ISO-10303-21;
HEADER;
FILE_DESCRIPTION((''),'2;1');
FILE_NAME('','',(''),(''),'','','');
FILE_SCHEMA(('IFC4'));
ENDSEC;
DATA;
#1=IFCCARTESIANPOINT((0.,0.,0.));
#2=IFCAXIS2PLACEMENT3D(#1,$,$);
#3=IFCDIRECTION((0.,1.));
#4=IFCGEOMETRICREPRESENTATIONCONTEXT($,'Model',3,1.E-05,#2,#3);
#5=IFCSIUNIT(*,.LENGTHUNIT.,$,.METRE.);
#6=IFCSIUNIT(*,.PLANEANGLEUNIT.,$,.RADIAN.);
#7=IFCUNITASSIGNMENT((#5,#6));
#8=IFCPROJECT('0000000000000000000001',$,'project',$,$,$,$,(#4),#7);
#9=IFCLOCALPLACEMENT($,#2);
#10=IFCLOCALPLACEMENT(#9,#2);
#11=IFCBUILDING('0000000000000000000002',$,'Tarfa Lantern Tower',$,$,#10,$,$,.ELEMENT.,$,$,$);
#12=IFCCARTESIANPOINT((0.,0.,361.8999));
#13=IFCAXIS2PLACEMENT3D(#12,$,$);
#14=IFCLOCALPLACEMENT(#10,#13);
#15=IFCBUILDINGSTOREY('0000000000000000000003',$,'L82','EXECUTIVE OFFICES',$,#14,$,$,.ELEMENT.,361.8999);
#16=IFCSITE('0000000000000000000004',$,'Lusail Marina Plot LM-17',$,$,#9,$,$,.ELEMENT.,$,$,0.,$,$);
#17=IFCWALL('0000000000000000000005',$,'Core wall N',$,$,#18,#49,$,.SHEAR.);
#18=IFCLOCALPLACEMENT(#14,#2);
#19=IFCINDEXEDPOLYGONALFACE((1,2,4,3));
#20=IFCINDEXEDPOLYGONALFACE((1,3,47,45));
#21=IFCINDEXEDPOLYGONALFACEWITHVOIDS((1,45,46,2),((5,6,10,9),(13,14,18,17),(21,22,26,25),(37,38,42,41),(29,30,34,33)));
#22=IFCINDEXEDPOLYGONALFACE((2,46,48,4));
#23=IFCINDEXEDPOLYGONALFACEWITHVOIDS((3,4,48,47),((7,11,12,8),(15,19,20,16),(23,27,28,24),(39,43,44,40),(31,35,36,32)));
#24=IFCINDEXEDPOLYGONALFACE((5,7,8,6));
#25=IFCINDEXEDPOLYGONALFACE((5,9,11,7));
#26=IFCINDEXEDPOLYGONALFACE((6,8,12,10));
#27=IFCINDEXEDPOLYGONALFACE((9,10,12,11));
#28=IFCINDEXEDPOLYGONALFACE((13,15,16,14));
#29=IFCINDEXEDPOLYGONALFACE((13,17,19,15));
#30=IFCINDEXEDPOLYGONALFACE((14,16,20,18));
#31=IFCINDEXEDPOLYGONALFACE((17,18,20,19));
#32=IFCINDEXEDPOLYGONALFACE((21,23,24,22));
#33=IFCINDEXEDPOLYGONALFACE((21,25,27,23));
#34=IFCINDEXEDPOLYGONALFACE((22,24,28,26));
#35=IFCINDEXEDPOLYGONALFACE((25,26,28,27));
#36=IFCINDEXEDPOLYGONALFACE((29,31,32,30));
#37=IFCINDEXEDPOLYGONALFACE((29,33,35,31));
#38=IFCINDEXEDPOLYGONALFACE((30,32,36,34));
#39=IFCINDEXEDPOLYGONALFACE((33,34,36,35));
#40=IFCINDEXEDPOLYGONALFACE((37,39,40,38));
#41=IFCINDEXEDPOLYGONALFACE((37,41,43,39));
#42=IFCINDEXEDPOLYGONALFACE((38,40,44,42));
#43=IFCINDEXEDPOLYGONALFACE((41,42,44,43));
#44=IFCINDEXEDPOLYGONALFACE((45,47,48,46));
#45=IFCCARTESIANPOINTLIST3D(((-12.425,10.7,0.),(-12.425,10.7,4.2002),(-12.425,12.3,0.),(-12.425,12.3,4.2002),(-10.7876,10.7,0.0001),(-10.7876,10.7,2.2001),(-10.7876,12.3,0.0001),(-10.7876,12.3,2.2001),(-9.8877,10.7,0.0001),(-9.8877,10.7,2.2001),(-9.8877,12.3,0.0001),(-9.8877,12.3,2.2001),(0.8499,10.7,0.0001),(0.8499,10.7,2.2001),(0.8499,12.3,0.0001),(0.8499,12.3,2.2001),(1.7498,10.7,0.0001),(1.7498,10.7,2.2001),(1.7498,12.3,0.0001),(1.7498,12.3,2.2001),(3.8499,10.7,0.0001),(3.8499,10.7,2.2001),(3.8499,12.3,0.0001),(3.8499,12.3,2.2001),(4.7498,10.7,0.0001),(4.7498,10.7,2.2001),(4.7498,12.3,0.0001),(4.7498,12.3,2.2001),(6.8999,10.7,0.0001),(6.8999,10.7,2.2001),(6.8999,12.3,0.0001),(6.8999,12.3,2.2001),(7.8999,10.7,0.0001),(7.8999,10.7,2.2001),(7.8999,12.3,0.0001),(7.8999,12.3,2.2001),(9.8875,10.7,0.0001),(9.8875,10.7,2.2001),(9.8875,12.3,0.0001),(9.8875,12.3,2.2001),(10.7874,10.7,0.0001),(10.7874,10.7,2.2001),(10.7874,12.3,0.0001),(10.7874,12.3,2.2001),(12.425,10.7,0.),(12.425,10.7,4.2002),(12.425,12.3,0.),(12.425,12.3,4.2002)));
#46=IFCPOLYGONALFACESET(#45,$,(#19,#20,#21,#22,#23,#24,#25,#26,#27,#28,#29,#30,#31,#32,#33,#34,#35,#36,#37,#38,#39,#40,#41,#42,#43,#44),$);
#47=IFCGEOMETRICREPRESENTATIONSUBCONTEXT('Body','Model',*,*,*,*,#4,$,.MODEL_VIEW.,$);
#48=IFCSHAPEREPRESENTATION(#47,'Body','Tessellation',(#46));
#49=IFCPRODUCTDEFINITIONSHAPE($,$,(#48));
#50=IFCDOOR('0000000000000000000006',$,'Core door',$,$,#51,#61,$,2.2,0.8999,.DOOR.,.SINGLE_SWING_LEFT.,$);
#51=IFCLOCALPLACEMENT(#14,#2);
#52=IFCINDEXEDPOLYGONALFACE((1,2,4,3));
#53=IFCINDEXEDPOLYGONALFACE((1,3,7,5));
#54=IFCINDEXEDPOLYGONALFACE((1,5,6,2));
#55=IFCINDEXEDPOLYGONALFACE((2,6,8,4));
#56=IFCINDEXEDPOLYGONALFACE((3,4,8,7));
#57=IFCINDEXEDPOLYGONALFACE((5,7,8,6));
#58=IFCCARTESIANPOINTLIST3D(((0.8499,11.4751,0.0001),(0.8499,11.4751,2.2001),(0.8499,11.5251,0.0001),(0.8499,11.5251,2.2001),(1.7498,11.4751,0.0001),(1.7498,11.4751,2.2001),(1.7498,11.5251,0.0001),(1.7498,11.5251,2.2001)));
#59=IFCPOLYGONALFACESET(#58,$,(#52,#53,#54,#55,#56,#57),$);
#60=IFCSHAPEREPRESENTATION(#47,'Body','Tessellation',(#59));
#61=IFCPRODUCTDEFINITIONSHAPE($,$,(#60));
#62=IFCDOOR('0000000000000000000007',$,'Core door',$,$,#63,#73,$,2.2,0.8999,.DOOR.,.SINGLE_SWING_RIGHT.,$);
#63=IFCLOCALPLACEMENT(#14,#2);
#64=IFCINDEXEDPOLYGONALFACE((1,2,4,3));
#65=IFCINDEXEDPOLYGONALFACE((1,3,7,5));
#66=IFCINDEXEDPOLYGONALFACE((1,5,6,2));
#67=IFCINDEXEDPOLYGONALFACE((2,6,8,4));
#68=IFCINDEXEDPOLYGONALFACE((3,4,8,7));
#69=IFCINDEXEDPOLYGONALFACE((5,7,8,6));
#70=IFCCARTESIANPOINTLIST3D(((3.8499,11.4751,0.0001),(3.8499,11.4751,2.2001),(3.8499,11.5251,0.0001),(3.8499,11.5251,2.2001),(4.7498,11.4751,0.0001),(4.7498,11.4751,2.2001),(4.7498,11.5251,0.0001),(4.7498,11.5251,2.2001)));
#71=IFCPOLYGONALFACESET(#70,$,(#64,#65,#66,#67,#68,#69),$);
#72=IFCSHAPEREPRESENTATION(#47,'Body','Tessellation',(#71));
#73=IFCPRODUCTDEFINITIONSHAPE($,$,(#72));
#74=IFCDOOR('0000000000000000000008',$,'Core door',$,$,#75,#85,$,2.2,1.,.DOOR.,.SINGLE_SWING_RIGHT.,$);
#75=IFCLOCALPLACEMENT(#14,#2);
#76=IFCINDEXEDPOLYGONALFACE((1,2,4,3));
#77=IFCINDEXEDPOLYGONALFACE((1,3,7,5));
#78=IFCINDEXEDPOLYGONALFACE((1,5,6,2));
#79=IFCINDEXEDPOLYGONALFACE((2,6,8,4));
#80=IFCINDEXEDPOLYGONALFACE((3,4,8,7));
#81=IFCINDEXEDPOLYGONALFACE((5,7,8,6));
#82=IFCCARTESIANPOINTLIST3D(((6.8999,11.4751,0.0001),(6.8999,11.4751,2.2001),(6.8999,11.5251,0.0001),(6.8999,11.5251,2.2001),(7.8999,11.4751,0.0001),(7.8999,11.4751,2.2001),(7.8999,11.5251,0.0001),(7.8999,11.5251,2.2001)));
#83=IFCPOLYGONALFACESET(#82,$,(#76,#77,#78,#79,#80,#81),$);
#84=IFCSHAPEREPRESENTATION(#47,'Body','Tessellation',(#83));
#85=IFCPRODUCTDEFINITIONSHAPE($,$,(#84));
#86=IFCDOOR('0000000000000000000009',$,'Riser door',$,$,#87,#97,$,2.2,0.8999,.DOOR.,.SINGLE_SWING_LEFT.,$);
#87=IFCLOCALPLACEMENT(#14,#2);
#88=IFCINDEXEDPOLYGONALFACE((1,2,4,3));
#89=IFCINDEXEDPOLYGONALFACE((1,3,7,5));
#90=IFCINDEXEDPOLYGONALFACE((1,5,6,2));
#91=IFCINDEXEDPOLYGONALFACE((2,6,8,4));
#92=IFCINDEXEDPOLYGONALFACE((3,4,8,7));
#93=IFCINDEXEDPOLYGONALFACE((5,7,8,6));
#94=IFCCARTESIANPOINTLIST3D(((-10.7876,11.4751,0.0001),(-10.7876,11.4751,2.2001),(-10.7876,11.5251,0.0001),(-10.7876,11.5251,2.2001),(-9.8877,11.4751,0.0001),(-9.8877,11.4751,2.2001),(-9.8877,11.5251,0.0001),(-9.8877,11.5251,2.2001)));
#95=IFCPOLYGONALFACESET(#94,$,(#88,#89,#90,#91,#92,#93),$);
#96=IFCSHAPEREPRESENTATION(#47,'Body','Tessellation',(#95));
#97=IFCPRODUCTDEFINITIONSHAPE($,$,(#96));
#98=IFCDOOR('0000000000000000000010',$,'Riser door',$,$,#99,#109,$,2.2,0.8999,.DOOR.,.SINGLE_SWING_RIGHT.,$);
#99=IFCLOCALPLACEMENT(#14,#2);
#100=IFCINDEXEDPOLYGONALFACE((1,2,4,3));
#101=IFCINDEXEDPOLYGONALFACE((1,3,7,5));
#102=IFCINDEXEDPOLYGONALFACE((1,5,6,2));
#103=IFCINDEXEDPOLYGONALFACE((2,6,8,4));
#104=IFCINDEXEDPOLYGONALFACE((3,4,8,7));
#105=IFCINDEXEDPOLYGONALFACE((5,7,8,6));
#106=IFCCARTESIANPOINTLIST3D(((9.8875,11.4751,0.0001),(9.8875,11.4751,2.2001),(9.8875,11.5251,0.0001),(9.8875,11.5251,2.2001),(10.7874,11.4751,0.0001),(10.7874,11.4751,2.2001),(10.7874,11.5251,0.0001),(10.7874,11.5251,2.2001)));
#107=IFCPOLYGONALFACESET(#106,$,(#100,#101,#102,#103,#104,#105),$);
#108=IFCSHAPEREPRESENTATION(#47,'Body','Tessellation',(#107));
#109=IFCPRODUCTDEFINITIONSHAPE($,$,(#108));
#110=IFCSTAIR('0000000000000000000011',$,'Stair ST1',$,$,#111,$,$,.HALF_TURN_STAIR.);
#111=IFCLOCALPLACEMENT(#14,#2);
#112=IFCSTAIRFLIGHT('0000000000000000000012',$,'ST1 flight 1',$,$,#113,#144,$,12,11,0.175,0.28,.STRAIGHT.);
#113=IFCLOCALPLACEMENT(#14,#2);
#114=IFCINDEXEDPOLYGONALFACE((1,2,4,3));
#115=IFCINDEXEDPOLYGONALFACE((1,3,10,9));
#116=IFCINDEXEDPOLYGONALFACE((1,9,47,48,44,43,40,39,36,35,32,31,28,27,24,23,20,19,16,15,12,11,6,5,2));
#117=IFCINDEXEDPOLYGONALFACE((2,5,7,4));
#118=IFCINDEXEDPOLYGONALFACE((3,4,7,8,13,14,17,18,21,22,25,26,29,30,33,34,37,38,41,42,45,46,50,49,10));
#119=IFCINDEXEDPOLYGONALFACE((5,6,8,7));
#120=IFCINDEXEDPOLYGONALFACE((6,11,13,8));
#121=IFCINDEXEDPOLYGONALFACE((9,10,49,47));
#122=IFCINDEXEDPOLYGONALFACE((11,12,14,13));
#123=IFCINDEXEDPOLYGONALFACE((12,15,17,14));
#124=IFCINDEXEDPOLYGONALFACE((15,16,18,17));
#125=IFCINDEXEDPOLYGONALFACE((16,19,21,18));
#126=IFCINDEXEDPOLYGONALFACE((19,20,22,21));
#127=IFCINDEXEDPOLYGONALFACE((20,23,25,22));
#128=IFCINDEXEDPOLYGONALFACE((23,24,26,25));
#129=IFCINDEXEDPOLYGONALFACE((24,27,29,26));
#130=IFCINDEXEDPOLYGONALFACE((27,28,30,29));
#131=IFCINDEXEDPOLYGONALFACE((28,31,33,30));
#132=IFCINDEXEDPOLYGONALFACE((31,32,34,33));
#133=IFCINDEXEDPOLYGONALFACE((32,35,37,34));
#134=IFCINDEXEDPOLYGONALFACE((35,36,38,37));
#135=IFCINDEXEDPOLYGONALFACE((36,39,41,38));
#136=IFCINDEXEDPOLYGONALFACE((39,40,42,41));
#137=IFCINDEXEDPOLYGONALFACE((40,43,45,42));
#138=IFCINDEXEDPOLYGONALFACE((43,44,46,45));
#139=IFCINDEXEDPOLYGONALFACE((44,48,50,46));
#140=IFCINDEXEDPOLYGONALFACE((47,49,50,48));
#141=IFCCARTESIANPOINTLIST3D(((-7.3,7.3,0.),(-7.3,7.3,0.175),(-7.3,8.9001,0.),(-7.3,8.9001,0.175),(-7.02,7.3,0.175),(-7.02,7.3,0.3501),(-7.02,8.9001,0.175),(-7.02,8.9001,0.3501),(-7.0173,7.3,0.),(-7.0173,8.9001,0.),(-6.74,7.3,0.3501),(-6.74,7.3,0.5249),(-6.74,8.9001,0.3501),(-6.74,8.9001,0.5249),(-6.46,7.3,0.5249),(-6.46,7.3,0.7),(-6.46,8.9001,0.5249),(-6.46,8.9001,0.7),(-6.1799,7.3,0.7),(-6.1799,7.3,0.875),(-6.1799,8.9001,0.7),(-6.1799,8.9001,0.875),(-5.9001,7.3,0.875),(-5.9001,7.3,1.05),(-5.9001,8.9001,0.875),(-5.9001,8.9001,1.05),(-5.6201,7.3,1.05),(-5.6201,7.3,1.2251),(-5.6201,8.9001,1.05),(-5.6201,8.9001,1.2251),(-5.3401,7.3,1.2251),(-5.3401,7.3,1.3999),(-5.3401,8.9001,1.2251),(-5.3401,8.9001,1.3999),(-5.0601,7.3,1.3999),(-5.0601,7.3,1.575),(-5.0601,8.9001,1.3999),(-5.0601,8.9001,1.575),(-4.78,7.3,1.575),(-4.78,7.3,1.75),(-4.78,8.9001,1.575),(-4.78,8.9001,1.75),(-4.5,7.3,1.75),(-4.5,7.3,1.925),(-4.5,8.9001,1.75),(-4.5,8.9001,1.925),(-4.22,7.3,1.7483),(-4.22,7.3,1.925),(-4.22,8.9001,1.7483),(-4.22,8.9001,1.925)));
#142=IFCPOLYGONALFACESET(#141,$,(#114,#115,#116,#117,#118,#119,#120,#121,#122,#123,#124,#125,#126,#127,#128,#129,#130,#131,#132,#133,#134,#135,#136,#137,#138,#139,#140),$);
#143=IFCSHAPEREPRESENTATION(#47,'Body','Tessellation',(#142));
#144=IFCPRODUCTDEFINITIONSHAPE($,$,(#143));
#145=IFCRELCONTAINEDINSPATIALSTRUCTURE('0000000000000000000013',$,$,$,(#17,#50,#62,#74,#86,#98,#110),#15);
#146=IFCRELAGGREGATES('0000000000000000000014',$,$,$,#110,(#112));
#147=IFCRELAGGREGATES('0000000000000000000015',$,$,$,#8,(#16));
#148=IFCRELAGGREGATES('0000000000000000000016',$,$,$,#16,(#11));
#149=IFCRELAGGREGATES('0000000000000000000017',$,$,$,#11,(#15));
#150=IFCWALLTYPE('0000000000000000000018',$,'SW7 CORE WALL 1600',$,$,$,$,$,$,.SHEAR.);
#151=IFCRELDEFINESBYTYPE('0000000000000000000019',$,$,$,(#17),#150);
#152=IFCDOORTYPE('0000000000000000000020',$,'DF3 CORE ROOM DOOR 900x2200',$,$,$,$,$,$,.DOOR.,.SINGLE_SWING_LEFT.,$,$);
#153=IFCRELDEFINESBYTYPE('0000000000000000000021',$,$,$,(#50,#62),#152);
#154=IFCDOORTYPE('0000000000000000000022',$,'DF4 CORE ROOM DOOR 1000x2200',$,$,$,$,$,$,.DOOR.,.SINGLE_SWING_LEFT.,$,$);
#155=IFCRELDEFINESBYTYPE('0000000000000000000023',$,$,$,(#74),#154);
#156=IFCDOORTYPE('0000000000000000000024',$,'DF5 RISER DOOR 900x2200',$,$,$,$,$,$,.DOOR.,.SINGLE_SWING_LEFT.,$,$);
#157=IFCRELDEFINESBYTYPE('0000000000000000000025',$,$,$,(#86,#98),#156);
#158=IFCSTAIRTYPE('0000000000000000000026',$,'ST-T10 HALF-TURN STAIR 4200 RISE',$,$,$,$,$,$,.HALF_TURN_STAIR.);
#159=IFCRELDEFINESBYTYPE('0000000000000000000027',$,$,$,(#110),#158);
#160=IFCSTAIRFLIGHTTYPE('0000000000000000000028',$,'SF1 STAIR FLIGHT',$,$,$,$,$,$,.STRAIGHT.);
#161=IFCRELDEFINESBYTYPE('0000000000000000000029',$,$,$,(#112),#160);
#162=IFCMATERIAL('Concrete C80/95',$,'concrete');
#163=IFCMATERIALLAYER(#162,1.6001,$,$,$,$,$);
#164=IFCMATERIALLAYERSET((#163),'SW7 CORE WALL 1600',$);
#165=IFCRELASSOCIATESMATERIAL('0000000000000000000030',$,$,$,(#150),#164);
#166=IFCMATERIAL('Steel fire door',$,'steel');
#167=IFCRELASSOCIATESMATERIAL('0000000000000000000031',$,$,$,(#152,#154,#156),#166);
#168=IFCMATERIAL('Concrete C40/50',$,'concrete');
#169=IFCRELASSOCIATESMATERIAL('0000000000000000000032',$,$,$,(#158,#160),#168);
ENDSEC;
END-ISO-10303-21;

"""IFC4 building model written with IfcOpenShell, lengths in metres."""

from ifc_helpers import new_model, si_unit, direction, frame, frame_2d, origin, place, context, subcontext, project, spatial, polyline, rectangle, outline, extrude, material, layer, layer_set, type_object, element, fill, aggregate, save


model = new_model("IFC4")

# Units and contexts
model_context = context("Model", 3, precision=1e-05, world=origin(), true_north=direction((0.0, 1.0)))
body_context = subcontext(model_context, "Body", "Model", "MODEL_VIEW")
ifc_project = project(units=[si_unit("LENGTHUNIT", "METRE"), si_unit("PLANEANGLEUNIT", "RADIAN")], contexts=[model_context])

# Site, building, storey
site_placement = place(None, origin())
site = spatial("IfcSite", under=ifc_project, at=site_placement, Name="Lusail Marina Plot LM-17", CompositionType="ELEMENT", RefElevation=0.0)
building_placement = place(site_placement, origin())
building = spatial("IfcBuilding", under=site, at=building_placement, Name="Tarfa Lantern Tower", CompositionType="ELEMENT")
storey_placement = place(building_placement, frame((0.0, 0.0, 361.8999)))
storey = spatial("IfcBuildingStorey", under=building, at=storey_placement, Name="L82", Description="EXECUTIVE OFFICES", CompositionType="ELEMENT", Elevation=361.8999)

# Shared definitions
ifc_material_1 = material(Name="Concrete C80/95", Category="concrete")
ifc_material_2 = material(Name="Steel fire door", Category="steel")

# Wall, openings, doors
ifc_layer_1 = layer(ifc_material_1, 1.6001)
ifc_layer_set_1 = layer_set([ifc_layer_1], Name="SW7 CORE WALL 1600")
wall_type_1 = type_object("IfcWallType", Name="SW7 CORE WALL 1600", PredefinedType="SHEAR", material=ifc_layer_set_1)
wall_1_placement = place(storey_placement, frame((-12.425, 11.5, 0.0), z_axis=(0.0, 0.0, 1.0), x_axis=(1.0, 0.0, 0.0)))
wall_1 = element("IfcWall", 1, at=wall_1_placement, inside=storey, type_object=wall_type_1, Name="Core wall N", PredefinedType="SHEAR", context=body_context, shape_type="SweptSolid", body=[
    extrude(rectangle(XDim=24.8501, YDim=1.6001, at=frame_2d((12.425, 0.0))), origin(), (0.0, 0.0, 1.0), 4.2002),
])
opening_1_placement = place(wall_1_placement, frame((13.2749, 0.0, 0.0)))
opening_1 = element("IfcOpeningElement", 2, at=opening_1_placement, cuts=wall_1, PredefinedType="OPENING", context=body_context, shape_type="SweptSolid", body=[
    extrude(rectangle(XDim=0.8999, YDim=2.2, at=frame_2d((0.45, 1.1001))), frame((0.0, 0.8101, 0.0), z_axis=(0.0, -1.0, 0.0), x_axis=(1.0, 0.0, 0.0)), (0.0, 0.0, 1.0), 1.6201),
])
opening_2_placement = place(wall_1_placement, frame((16.2749, 0.0, 0.0)))
opening_2 = element("IfcOpeningElement", 3, at=opening_2_placement, cuts=wall_1, PredefinedType="OPENING", context=body_context, shape_type="SweptSolid", body=[
    extrude(rectangle(XDim=0.8999, YDim=2.2, at=frame_2d((0.45, 1.1001))), frame((0.0, 0.8101, 0.0), z_axis=(0.0, -1.0, 0.0), x_axis=(1.0, 0.0, 0.0)), (0.0, 0.0, 1.0), 1.6201),
])
opening_3_placement = place(wall_1_placement, frame((19.325, 0.0, 0.0)))
opening_3 = element("IfcOpeningElement", 4, at=opening_3_placement, cuts=wall_1, PredefinedType="OPENING", context=body_context, shape_type="SweptSolid", body=[
    extrude(rectangle(XDim=1.0, YDim=2.2, at=frame_2d((0.5, 1.1001))), frame((0.0, 0.8101, 0.0), z_axis=(0.0, -1.0, 0.0), x_axis=(1.0, 0.0, 0.0)), (0.0, 0.0, 1.0), 1.6201),
])
opening_4_placement = place(wall_1_placement, frame((1.6375, 0.0, 0.0)))
opening_4 = element("IfcOpeningElement", 5, at=opening_4_placement, cuts=wall_1, PredefinedType="OPENING", context=body_context, shape_type="SweptSolid", body=[
    extrude(rectangle(XDim=0.8999, YDim=2.2, at=frame_2d((0.45, 1.1001))), frame((0.0, 0.8101, 0.0), z_axis=(0.0, -1.0, 0.0), x_axis=(1.0, 0.0, 0.0)), (0.0, 0.0, 1.0), 1.6201),
])
opening_5_placement = place(wall_1_placement, frame((22.3125, 0.0, 0.0)))
opening_5 = element("IfcOpeningElement", 6, at=opening_5_placement, cuts=wall_1, PredefinedType="OPENING", context=body_context, shape_type="SweptSolid", body=[
    extrude(rectangle(XDim=0.8999, YDim=2.2, at=frame_2d((0.45, 1.1001))), frame((0.0, 0.8101, 0.0), z_axis=(0.0, -1.0, 0.0), x_axis=(1.0, 0.0, 0.0)), (0.0, 0.0, 1.0), 1.6201),
])
door_type_1 = type_object("IfcDoorType", Name="DF3 CORE ROOM DOOR 900x2200", OperationType="SINGLE_SWING_LEFT", PredefinedType="DOOR", material=ifc_material_2)
door_1_placement = place(opening_1_placement, frame((0.8999, 0.0, 0.0), z_axis=(0.0, 0.0, 1.0), x_axis=(-1.0, 0.0, 0.0)))
door_1 = element("IfcDoor", 7, at=door_1_placement, inside=storey, type_object=door_type_1, Name="Core door", OperationType="SINGLE_SWING_LEFT", OverallHeight=2.2, OverallWidth=0.8999, PredefinedType="DOOR", context=body_context, shape_type="SweptSolid", body=[
    extrude(rectangle(XDim=0.8999, YDim=2.2, at=frame_2d((0.45, 1.1001))), frame((0.0, 0.0249, 0.0), z_axis=(0.0, -1.0, 0.0), x_axis=(1.0, 0.0, 0.0)), (0.0, 0.0, 1.0), 0.05),
])
fill(opening_1, door_1)
door_2_placement = place(opening_2_placement, frame((0.8999, 0.0, 0.0), z_axis=(0.0, 0.0, 1.0), x_axis=(-1.0, 0.0, 0.0)))
door_2 = element("IfcDoor", 8, at=door_2_placement, inside=storey, type_object=door_type_1, Name="Core door", OperationType="SINGLE_SWING_RIGHT", OverallHeight=2.2, OverallWidth=0.8999, PredefinedType="DOOR", context=body_context, shape_type="SweptSolid", body=[
    extrude(rectangle(XDim=0.8999, YDim=2.2, at=frame_2d((0.45, 1.1001))), frame((0.0, 0.0249, 0.0), z_axis=(0.0, -1.0, 0.0), x_axis=(1.0, 0.0, 0.0)), (0.0, 0.0, 1.0), 0.05),
])
fill(opening_2, door_2)
door_type_2 = type_object("IfcDoorType", Name="DF4 CORE ROOM DOOR 1000x2200", OperationType="SINGLE_SWING_LEFT", PredefinedType="DOOR", material=ifc_material_2)
door_3_placement = place(opening_3_placement, frame((1.0, 0.0, 0.0), z_axis=(0.0, 0.0, 1.0), x_axis=(-1.0, 0.0, 0.0)))
door_3 = element("IfcDoor", 9, at=door_3_placement, inside=storey, type_object=door_type_2, Name="Core door", OperationType="SINGLE_SWING_RIGHT", OverallHeight=2.2, OverallWidth=1.0, PredefinedType="DOOR", context=body_context, shape_type="SweptSolid", body=[
    extrude(rectangle(XDim=1.0, YDim=2.2, at=frame_2d((0.5, 1.1001))), frame((0.0, 0.0249, 0.0), z_axis=(0.0, -1.0, 0.0), x_axis=(1.0, 0.0, 0.0)), (0.0, 0.0, 1.0), 0.05),
])
fill(opening_3, door_3)
door_type_3 = type_object("IfcDoorType", Name="DF5 RISER DOOR 900x2200", OperationType="SINGLE_SWING_LEFT", PredefinedType="DOOR", material=ifc_material_2)
door_4_placement = place(opening_4_placement, frame((0.8999, 0.0, 0.0), z_axis=(0.0, 0.0, 1.0), x_axis=(-1.0, 0.0, 0.0)))
door_4 = element("IfcDoor", 10, at=door_4_placement, inside=storey, type_object=door_type_3, Name="Riser door", OperationType="SINGLE_SWING_LEFT", OverallHeight=2.2, OverallWidth=0.8999, PredefinedType="DOOR", context=body_context, shape_type="SweptSolid", body=[
    extrude(rectangle(XDim=0.8999, YDim=2.2, at=frame_2d((0.45, 1.1001))), frame((0.0, 0.0249, 0.0), z_axis=(0.0, -1.0, 0.0), x_axis=(1.0, 0.0, 0.0)), (0.0, 0.0, 1.0), 0.05),
])
fill(opening_4, door_4)
door_5_placement = place(opening_5_placement, frame((0.8999, 0.0, 0.0), z_axis=(0.0, 0.0, 1.0), x_axis=(-1.0, 0.0, 0.0)))
door_5 = element("IfcDoor", 11, at=door_5_placement, inside=storey, type_object=door_type_3, Name="Riser door", OperationType="SINGLE_SWING_RIGHT", OverallHeight=2.2, OverallWidth=0.8999, PredefinedType="DOOR", context=body_context, shape_type="SweptSolid", body=[
    extrude(rectangle(XDim=0.8999, YDim=2.2, at=frame_2d((0.45, 1.1001))), frame((0.0, 0.0249, 0.0), z_axis=(0.0, -1.0, 0.0), x_axis=(1.0, 0.0, 0.0)), (0.0, 0.0, 1.0), 0.05),
])
fill(opening_5, door_5)

# Stair, stair flight
ifc_material_3 = material(Name="Concrete C40/50", Category="concrete")
stair_type = type_object("IfcStairType", Name="ST-T10 HALF-TURN STAIR 4200 RISE", PredefinedType="HALF_TURN_STAIR", material=ifc_material_3)
stair_placement = place(storey_placement, origin())
stair = element("IfcStair", 12, at=stair_placement, inside=storey, type_object=stair_type, Name="Stair ST1", PredefinedType="HALF_TURN_STAIR")
stair_flight_type = type_object("IfcStairFlightType", Name="SF1 STAIR FLIGHT", PredefinedType="STRAIGHT", material=ifc_material_3)
stair_flight_1_placement = place(storey_placement, frame((-7.3, 8.1001, 0.0), z_axis=(0.0, 0.0, 1.0), x_axis=(1.0, 0.0, 0.0)))
stair_flight_1 = element("IfcStairFlight", 13, at=stair_flight_1_placement, type_object=stair_flight_type, Name="ST1 flight 1", NumberOfRisers=12, NumberOfTreads=11, PredefinedType="STRAIGHT", RiserHeight=0.175, TreadLength=0.28, context=body_context, shape_type="SweptSolid", body=[
    extrude(outline(polyline([(0.0, 0.0), (0.0, 0.175), (0.28, 0.175), (0.28, 0.3501), (0.5601, 0.3501), (0.5601, 0.5249), (0.8401, 0.5249), (0.8401, 0.7), (1.1201, 0.7), (1.1201, 0.875), (1.3999, 0.875), (1.3999, 1.05), (1.6799, 1.05), (1.6799, 1.2251), (1.96, 1.2251), (1.96, 1.3999), (2.24, 1.3999), (2.24, 1.575), (2.52, 1.575), (2.52, 1.75), (2.8, 1.75), (2.8, 1.925), (3.0801, 1.925), (3.0801, 2.1001), (3.0801, 1.7483), (0.2827, 0.0), (0.0, 0.0)])), frame((0.0, 0.8, 0.0), z_axis=(0.0, -1.0, 0.0), x_axis=(1.0, 0.0, 0.0)), (0.0, 0.0, 1.0), 1.6001),
])
aggregate(stair, [stair_flight_1])

save(model, "model.ifc")
